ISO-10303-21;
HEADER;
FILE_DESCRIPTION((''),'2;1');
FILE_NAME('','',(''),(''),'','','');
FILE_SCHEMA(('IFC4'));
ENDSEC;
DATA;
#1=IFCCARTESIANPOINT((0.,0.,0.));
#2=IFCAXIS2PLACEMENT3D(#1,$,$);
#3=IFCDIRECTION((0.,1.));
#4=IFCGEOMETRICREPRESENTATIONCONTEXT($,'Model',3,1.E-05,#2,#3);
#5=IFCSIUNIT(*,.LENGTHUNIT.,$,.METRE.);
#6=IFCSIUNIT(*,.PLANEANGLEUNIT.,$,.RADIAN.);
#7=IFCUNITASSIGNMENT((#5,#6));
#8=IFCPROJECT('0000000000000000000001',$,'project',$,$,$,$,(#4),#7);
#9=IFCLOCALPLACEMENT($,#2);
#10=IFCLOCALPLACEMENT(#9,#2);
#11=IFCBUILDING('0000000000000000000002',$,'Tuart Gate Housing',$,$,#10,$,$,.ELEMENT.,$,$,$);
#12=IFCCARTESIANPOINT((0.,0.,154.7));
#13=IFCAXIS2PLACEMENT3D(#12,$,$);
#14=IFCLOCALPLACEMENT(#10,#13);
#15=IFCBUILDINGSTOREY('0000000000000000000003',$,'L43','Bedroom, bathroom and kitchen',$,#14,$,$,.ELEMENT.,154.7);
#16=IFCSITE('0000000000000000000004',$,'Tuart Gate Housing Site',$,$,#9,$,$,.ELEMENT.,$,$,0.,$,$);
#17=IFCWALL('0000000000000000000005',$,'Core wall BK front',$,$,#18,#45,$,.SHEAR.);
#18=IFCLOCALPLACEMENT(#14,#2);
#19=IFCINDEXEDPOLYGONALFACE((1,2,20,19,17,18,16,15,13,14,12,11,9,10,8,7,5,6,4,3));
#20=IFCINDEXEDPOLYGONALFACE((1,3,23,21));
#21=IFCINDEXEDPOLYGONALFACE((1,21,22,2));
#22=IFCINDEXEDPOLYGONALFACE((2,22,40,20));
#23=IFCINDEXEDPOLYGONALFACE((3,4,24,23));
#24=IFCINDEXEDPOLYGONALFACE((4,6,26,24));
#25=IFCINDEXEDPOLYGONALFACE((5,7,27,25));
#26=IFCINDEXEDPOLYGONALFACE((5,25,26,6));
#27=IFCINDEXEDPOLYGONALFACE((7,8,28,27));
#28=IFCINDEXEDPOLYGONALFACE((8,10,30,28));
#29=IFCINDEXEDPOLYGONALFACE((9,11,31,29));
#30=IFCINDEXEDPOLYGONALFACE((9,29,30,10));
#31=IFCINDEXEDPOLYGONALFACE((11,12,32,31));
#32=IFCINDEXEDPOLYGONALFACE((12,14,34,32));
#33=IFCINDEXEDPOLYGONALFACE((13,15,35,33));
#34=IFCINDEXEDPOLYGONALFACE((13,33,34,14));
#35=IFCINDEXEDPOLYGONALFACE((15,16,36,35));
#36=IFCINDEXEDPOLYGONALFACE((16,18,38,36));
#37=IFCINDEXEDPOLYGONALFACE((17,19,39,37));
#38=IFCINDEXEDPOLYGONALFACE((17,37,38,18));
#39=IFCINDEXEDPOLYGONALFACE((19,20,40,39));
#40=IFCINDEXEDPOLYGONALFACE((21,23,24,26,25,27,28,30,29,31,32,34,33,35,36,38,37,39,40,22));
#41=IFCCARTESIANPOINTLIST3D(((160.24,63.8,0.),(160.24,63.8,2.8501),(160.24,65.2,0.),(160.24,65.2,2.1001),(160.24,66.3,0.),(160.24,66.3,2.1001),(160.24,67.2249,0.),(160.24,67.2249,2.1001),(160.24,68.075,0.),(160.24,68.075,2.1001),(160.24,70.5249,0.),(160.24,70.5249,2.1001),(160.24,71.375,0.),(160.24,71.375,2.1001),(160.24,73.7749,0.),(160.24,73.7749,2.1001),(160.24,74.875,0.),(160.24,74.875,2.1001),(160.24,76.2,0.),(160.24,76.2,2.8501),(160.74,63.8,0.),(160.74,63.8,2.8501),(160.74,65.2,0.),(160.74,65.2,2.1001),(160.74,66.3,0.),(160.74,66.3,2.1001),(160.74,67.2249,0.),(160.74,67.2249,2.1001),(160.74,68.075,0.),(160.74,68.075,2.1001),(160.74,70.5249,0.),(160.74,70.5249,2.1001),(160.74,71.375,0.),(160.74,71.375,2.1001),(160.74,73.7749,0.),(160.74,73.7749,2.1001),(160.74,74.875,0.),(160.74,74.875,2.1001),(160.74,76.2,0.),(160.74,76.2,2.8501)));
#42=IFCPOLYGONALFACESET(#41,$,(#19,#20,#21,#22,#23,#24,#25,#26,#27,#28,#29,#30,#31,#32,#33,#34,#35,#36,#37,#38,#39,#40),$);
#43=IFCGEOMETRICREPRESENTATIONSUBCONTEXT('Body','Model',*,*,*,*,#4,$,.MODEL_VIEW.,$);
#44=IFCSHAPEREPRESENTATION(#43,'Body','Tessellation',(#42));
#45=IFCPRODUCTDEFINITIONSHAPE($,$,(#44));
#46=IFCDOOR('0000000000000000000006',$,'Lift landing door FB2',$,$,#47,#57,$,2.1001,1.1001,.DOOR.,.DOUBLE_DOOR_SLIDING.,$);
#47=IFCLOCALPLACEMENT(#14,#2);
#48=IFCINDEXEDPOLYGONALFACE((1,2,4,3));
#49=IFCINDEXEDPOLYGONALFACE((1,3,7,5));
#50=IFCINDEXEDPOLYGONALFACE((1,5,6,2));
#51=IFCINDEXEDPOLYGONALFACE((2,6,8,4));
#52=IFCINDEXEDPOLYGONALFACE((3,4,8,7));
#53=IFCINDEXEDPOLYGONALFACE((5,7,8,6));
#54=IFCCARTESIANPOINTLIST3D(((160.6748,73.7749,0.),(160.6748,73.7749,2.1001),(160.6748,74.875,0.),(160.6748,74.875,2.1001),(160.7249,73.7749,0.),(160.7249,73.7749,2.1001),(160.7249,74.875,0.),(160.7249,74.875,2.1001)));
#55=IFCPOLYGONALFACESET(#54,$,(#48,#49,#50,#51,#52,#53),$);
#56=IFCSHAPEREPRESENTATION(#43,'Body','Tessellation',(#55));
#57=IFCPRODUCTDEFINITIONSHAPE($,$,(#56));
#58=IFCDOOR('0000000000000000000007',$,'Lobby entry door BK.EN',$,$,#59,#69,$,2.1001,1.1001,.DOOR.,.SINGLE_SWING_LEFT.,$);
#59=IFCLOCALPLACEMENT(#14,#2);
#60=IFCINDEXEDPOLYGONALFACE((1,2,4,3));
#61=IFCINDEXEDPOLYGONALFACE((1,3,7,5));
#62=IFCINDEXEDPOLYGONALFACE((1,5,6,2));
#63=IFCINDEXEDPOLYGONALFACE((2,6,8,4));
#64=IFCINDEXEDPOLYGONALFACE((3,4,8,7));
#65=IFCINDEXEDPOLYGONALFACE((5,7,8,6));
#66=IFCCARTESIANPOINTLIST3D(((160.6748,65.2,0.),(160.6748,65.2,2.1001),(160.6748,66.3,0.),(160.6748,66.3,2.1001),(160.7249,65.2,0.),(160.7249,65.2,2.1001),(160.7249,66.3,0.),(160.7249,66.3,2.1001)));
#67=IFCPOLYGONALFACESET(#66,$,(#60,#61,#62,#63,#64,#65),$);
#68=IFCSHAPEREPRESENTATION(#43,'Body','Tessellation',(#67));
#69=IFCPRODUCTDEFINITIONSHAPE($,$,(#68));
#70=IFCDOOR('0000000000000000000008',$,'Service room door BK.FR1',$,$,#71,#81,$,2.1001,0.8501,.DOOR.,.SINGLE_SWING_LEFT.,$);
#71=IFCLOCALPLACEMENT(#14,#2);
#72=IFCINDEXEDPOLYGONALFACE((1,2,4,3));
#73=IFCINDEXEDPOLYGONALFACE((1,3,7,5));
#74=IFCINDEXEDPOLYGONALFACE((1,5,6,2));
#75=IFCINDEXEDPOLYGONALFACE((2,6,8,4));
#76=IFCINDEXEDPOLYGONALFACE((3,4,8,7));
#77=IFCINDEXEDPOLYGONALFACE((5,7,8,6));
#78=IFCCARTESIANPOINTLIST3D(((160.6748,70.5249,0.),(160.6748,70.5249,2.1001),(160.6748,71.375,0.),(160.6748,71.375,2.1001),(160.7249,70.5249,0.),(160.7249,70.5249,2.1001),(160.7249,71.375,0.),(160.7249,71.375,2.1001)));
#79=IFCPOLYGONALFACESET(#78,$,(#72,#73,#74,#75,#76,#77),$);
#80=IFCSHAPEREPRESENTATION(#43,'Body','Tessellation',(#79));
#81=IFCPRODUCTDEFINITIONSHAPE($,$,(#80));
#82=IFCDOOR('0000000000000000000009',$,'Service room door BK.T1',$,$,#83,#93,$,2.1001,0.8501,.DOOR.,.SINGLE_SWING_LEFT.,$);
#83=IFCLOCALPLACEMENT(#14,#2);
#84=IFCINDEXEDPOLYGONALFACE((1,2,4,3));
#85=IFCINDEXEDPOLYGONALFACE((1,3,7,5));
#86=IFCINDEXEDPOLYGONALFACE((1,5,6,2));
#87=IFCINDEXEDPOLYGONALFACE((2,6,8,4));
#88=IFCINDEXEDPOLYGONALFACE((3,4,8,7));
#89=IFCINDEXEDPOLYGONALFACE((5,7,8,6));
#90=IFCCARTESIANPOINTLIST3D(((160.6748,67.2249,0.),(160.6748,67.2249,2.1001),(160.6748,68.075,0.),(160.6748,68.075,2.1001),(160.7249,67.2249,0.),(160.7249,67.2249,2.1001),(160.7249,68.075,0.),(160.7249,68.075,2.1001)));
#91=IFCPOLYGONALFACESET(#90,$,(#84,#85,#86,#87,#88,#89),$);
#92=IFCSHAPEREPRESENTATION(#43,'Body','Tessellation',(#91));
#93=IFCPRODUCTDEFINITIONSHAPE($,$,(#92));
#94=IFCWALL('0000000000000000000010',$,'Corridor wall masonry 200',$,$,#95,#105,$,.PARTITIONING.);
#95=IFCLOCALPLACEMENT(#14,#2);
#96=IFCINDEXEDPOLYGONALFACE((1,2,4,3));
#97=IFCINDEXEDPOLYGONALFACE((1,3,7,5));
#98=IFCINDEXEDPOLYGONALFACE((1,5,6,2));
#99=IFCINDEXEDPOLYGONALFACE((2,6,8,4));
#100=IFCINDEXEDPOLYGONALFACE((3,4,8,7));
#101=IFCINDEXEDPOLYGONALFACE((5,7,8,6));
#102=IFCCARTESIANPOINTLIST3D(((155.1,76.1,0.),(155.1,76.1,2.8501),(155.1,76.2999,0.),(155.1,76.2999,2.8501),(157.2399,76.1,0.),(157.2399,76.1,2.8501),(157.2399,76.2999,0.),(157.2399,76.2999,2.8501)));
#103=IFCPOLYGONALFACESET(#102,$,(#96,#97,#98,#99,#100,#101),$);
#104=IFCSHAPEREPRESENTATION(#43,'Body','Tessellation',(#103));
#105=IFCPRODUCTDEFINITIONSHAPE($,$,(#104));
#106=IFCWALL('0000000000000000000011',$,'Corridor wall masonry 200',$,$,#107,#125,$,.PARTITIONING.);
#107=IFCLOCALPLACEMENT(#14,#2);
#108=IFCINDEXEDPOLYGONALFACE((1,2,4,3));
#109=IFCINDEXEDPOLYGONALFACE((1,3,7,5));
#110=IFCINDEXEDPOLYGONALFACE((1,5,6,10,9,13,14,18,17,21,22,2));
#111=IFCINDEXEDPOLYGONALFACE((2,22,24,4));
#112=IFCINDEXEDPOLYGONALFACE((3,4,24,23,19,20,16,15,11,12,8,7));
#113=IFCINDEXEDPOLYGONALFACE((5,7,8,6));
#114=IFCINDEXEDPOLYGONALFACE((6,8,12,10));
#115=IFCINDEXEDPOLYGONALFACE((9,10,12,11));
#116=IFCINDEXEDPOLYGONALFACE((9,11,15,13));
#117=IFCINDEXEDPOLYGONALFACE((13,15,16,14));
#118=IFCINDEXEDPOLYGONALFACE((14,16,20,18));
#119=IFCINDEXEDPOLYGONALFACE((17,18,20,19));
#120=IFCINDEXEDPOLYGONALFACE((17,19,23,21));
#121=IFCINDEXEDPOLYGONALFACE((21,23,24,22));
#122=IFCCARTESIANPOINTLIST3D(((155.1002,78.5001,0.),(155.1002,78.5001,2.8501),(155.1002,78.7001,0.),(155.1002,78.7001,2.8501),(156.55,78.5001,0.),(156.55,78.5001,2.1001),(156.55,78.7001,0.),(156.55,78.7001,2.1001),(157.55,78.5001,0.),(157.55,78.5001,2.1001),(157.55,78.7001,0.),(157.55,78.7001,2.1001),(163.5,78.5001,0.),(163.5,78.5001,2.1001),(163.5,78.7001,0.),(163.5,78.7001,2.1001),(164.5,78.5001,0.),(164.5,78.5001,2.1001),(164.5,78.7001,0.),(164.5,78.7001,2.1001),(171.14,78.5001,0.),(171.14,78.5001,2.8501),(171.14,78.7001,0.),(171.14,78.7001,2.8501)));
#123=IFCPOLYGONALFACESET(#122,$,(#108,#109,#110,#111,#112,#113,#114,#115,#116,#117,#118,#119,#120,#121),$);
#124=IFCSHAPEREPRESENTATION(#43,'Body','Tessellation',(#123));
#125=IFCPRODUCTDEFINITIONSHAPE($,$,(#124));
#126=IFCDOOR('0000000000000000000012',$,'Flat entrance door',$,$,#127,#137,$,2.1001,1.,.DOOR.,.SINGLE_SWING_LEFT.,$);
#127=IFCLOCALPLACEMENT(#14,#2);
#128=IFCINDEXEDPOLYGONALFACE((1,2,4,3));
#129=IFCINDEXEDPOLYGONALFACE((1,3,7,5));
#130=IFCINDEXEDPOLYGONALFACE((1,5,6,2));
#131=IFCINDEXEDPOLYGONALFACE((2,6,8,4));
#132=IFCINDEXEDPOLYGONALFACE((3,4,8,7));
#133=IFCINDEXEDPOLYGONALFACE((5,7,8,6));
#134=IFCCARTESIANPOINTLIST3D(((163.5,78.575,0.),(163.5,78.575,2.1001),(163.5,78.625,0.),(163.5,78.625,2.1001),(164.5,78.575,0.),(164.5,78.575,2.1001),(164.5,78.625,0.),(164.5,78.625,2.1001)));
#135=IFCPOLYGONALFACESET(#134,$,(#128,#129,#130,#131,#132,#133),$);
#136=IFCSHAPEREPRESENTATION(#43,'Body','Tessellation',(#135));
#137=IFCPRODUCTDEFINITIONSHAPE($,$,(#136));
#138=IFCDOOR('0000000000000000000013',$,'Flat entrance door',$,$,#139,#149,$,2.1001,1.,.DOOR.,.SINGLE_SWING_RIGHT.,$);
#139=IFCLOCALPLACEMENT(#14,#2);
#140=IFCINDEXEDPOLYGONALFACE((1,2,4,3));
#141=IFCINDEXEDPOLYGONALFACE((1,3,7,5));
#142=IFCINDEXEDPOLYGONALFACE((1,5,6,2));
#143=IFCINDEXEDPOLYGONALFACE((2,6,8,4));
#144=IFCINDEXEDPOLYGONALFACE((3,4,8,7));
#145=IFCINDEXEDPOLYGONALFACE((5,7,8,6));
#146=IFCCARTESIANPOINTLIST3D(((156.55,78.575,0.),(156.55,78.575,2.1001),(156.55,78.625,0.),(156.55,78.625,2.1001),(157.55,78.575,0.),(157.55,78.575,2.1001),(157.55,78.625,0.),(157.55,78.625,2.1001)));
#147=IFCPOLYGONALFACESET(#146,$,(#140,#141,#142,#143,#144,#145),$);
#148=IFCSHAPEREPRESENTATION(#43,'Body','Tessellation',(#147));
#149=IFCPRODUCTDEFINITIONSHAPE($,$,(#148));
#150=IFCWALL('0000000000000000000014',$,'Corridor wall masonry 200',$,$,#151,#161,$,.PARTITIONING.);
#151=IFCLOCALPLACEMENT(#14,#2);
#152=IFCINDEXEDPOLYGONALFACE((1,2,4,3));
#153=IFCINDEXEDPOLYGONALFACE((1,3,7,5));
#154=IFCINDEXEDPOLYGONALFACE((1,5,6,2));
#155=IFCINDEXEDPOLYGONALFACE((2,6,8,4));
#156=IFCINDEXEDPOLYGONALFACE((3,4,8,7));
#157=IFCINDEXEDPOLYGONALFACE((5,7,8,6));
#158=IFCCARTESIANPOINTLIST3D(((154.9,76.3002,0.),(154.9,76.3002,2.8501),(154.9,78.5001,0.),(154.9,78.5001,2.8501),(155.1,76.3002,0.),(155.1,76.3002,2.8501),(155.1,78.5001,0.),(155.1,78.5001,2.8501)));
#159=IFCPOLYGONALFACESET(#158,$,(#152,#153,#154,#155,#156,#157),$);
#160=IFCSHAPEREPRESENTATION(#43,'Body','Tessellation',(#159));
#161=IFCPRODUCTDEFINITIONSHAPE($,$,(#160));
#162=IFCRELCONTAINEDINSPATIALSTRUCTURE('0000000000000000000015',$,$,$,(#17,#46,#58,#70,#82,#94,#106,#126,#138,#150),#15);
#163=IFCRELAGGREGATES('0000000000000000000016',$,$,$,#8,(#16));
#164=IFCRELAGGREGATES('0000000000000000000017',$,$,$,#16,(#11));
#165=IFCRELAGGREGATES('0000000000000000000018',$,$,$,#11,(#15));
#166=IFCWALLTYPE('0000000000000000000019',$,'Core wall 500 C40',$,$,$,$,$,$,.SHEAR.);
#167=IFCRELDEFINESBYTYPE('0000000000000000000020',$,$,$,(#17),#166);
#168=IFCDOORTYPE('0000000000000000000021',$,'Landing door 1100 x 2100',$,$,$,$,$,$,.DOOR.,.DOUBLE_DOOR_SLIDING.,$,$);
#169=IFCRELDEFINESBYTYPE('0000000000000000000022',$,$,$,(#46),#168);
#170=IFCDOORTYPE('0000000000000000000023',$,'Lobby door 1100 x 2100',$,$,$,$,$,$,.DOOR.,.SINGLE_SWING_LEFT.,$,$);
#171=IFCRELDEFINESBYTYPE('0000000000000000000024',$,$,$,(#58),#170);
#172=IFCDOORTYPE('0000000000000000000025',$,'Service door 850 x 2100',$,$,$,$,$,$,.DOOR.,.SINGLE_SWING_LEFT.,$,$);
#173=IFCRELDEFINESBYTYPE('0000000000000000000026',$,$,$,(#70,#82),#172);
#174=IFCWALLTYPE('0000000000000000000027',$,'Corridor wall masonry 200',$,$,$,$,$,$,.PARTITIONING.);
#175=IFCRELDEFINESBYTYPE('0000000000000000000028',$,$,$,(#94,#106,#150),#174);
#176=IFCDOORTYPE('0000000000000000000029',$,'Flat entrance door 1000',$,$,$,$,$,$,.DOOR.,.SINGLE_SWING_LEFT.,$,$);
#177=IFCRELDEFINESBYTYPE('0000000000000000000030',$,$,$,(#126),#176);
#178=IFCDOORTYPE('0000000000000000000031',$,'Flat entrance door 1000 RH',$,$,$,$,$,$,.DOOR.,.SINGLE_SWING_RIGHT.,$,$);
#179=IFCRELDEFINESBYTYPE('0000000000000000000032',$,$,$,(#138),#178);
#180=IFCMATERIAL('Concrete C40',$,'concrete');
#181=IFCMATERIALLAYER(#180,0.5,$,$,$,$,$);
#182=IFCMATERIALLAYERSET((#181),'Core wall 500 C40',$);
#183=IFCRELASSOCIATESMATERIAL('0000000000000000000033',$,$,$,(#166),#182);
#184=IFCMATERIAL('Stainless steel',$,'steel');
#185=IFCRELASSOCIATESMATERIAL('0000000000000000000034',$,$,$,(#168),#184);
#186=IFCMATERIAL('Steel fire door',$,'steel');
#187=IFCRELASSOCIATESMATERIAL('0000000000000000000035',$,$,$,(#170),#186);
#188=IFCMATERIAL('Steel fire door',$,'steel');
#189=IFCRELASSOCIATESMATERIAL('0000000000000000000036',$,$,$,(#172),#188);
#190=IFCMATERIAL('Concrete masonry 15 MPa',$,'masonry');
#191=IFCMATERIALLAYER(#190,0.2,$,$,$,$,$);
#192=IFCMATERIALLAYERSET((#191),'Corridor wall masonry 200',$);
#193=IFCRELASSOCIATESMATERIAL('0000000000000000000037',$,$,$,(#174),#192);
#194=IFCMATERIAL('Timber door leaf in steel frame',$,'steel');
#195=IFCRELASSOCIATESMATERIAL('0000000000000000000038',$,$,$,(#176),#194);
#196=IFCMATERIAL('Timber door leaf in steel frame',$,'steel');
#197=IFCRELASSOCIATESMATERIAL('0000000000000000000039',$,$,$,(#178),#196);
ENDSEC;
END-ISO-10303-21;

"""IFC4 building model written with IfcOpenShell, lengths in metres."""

from ifc_helpers import new_model, si_unit, direction, frame, frame_2d, origin, place, context, subcontext, project, spatial, rectangle, extrude, material, layer, layer_set, type_object, element, fill, save


model = new_model("IFC4")

# Units and contexts
model_context = context("Model", 3, precision=1e-05, world=origin(), true_north=direction((0.0, 1.0)))
body_context = subcontext(model_context, "Body", "Model", "MODEL_VIEW")
ifc_project = project(units=[si_unit("LENGTHUNIT", "METRE"), si_unit("PLANEANGLEUNIT", "RADIAN")], contexts=[model_context])

# Site, building, storey
site_placement = place(None, origin())
site = spatial("IfcSite", under=ifc_project, at=site_placement, Name="Tuart Gate Housing Site", CompositionType="ELEMENT", RefElevation=0.0)
building_placement = place(site_placement, origin())
building = spatial("IfcBuilding", under=site, at=building_placement, Name="Tuart Gate Housing", CompositionType="ELEMENT")
storey_placement = place(building_placement, frame((0.0, 0.0, 154.7)))
storey = spatial("IfcBuildingStorey", under=building, at=storey_placement, Name="L43", Description="Bedroom, bathroom and kitchen", CompositionType="ELEMENT", Elevation=154.7)

# Wall, openings, doors
ifc_material_1 = material(Name="Concrete C40", Category="concrete")
ifc_layer_1 = layer(ifc_material_1, 0.5)
ifc_layer_set_1 = layer_set([ifc_layer_1], Name="Core wall 500 C40")
wall_type_1 = type_object("IfcWallType", Name="Core wall 500 C40", PredefinedType="SHEAR", material=ifc_layer_set_1)
wall_1_placement = place(storey_placement, frame((160.49, 76.2, 0.0), z_axis=(0.0, 0.0, 1.0), x_axis=(0.0, -1.0, 0.0)))
wall_1 = element("IfcWall", 1, at=wall_1_placement, inside=storey, type_object=wall_type_1, Name="Core wall BK front", PredefinedType="SHEAR", context=body_context, shape_type="SweptSolid", body=[
    extrude(rectangle(XDim=12.3999, YDim=0.5, at=frame_2d((6.2, 0.0))), origin(), (0.0, 0.0, 1.0), 2.8501),
])
opening_1_placement = place(wall_1_placement, frame((1.325, 0.0, 0.0)))
opening_1 = element("IfcOpeningElement", 2, at=opening_1_placement, cuts=wall_1, PredefinedType="OPENING", context=body_context, shape_type="SweptSolid", body=[
    extrude(rectangle(XDim=1.1001, YDim=2.1001, at=frame_2d((0.55, 1.05))), frame((0.0, 0.26, 0.0), z_axis=(0.0, -1.0, 0.0), x_axis=(1.0, 0.0, 0.0)), (0.0, 0.0, 1.0), 0.52),
])
opening_2_placement = place(wall_1_placement, frame((4.825, 0.0, 0.0)))
opening_2 = element("IfcOpeningElement", 3, at=opening_2_placement, cuts=wall_1, PredefinedType="OPENING", context=body_context, shape_type="SweptSolid", body=[
    extrude(rectangle(XDim=0.8501, YDim=2.1001, at=frame_2d((0.425, 1.05))), frame((0.0, 0.26, 0.0), z_axis=(0.0, -1.0, 0.0), x_axis=(1.0, 0.0, 0.0)), (0.0, 0.0, 1.0), 0.52),
])
opening_3_placement = place(wall_1_placement, frame((9.8999, 0.0, 0.0)))
opening_3 = element("IfcOpeningElement", 4, at=opening_3_placement, cuts=wall_1, PredefinedType="OPENING", context=body_context, shape_type="SweptSolid", body=[
    extrude(rectangle(XDim=1.1001, YDim=2.1001, at=frame_2d((0.55, 1.05))), frame((0.0, 0.26, 0.0), z_axis=(0.0, -1.0, 0.0), x_axis=(1.0, 0.0, 0.0)), (0.0, 0.0, 1.0), 0.52),
])
opening_4_placement = place(wall_1_placement, frame((8.125, 0.0, 0.0)))
opening_4 = element("IfcOpeningElement", 5, at=opening_4_placement, cuts=wall_1, PredefinedType="OPENING", context=body_context, shape_type="SweptSolid", body=[
    extrude(rectangle(XDim=0.8501, YDim=2.1001, at=frame_2d((0.425, 1.05))), frame((0.0, 0.26, 0.0), z_axis=(0.0, -1.0, 0.0), x_axis=(1.0, 0.0, 0.0)), (0.0, 0.0, 1.0), 0.52),
])
ifc_material_2 = material(Name="Stainless steel", Category="steel")
door_type_1 = type_object("IfcDoorType", Name="Landing door 1100 x 2100", OperationType="DOUBLE_DOOR_SLIDING", PredefinedType="DOOR", material=ifc_material_2)
door_1_placement = place(opening_1_placement, origin())
door_1 = element("IfcDoor", 6, at=door_1_placement, inside=storey, type_object=door_type_1, Name="Lift landing door FB2", OperationType="DOUBLE_DOOR_SLIDING", OverallHeight=2.1001, OverallWidth=1.1001, PredefinedType="DOOR", context=body_context, shape_type="SweptSolid", body=[
    extrude(rectangle(XDim=1.1001, YDim=2.1001, at=frame_2d((0.55, 1.05))), frame((0.0, 0.2349, 0.0), z_axis=(0.0, -1.0, 0.0), x_axis=(1.0, 0.0, 0.0)), (0.0, 0.0, 1.0), 0.05),
])
fill(opening_1, door_1)
ifc_material_3 = material(Name="Steel fire door", Category="steel")
door_type_2 = type_object("IfcDoorType", Name="Lobby door 1100 x 2100", OperationType="SINGLE_SWING_LEFT", PredefinedType="DOOR", material=ifc_material_3)
door_2_placement = place(opening_3_placement, origin())
door_2 = element("IfcDoor", 7, at=door_2_placement, inside=storey, type_object=door_type_2, Name="Lobby entry door BK.EN", OperationType="SINGLE_SWING_LEFT", OverallHeight=2.1001, OverallWidth=1.1001, PredefinedType="DOOR", context=body_context, shape_type="SweptSolid", body=[
    extrude(rectangle(XDim=1.1001, YDim=2.1001, at=frame_2d((0.55, 1.05))), frame((0.0, 0.2349, 0.0), z_axis=(0.0, -1.0, 0.0), x_axis=(1.0, 0.0, 0.0)), (0.0, 0.0, 1.0), 0.05),
])
fill(opening_3, door_2)
ifc_material_4 = material(Name="Steel fire door", Category="steel")
door_type_3 = type_object("IfcDoorType", Name="Service door 850 x 2100", OperationType="SINGLE_SWING_LEFT", PredefinedType="DOOR", material=ifc_material_4)
door_3_placement = place(opening_2_placement, origin())
door_3 = element("IfcDoor", 8, at=door_3_placement, inside=storey, type_object=door_type_3, Name="Service room door BK.FR1", OperationType="SINGLE_SWING_LEFT", OverallHeight=2.1001, OverallWidth=0.8501, PredefinedType="DOOR", context=body_context, shape_type="SweptSolid", body=[
    extrude(rectangle(XDim=0.8501, YDim=2.1001, at=frame_2d((0.425, 1.05))), frame((0.0, 0.2349, 0.0), z_axis=(0.0, -1.0, 0.0), x_axis=(1.0, 0.0, 0.0)), (0.0, 0.0, 1.0), 0.05),
])
fill(opening_2, door_3)
door_4_placement = place(opening_4_placement, origin())
door_4 = element("IfcDoor", 9, at=door_4_placement, inside=storey, type_object=door_type_3, Name="Service room door BK.T1", OperationType="SINGLE_SWING_LEFT", OverallHeight=2.1001, OverallWidth=0.8501, PredefinedType="DOOR", context=body_context, shape_type="SweptSolid", body=[
    extrude(rectangle(XDim=0.8501, YDim=2.1001, at=frame_2d((0.425, 1.05))), frame((0.0, 0.2349, 0.0), z_axis=(0.0, -1.0, 0.0), x_axis=(1.0, 0.0, 0.0)), (0.0, 0.0, 1.0), 0.05),
])
fill(opening_4, door_4)

# Wall
ifc_material_5 = material(Name="Concrete masonry 15 MPa", Category="masonry")
ifc_layer_2 = layer(ifc_material_5, 0.2)
ifc_layer_set_2 = layer_set([ifc_layer_2], Name="Corridor wall masonry 200")
wall_type_2 = type_object("IfcWallType", Name="Corridor wall masonry 200", PredefinedType="PARTITIONING", material=ifc_layer_set_2)
wall_2_placement = place(storey_placement, frame((155.1001, 76.2, 0.0), z_axis=(0.0, 0.0, 1.0), x_axis=(1.0, 0.0, 0.0)))
element("IfcWall", 10, at=wall_2_placement, inside=storey, type_object=wall_type_2, Name="Corridor wall masonry 200", PredefinedType="PARTITIONING", context=body_context, shape_type="SweptSolid", body=[
    extrude(rectangle(XDim=2.1399, YDim=0.2, at=frame_2d((1.0698, 0.0))), origin(), (0.0, 0.0, 1.0), 2.8501),
])

# Wall, openings, doors
wall_3_placement = place(storey_placement, frame((155.1001, 78.6001, 0.0), z_axis=(0.0, 0.0, 1.0), x_axis=(1.0, 0.0, 0.0)))
wall_3 = element("IfcWall", 11, at=wall_3_placement, inside=storey, type_object=wall_type_2, Name="Corridor wall masonry 200", PredefinedType="PARTITIONING", context=body_context, shape_type="SweptSolid", body=[
    extrude(rectangle(XDim=16.0398, YDim=0.2, at=frame_2d((8.02, 0.0))), origin(), (0.0, 0.0, 1.0), 2.8501),
])
opening_5_placement = place(wall_3_placement, frame((1.45, 0.0, 0.0)))
opening_5 = element("IfcOpeningElement", 12, at=opening_5_placement, cuts=wall_3, PredefinedType="OPENING", context=body_context, shape_type="SweptSolid", body=[
    extrude(rectangle(XDim=1.0, YDim=2.1001, at=frame_2d((0.5, 1.05))), frame((0.0, 0.1099, 0.0), z_axis=(0.0, -1.0, 0.0), x_axis=(1.0, 0.0, 0.0)), (0.0, 0.0, 1.0), 0.22),
])
opening_6_placement = place(wall_3_placement, frame((8.3999, 0.0, 0.0)))
opening_6 = element("IfcOpeningElement", 13, at=opening_6_placement, cuts=wall_3, PredefinedType="OPENING", context=body_context, shape_type="SweptSolid", body=[
    extrude(rectangle(XDim=1.0, YDim=2.1001, at=frame_2d((0.5, 1.05))), frame((0.0, 0.1099, 0.0), z_axis=(0.0, -1.0, 0.0), x_axis=(1.0, 0.0, 0.0)), (0.0, 0.0, 1.0), 0.22),
])
ifc_material_6 = material(Name="Timber door leaf in steel frame", Category="steel")
door_type_4 = type_object("IfcDoorType", Name="Flat entrance door 1000", OperationType="SINGLE_SWING_LEFT", PredefinedType="DOOR", material=ifc_material_6)
door_5_placement = place(opening_6_placement, origin())
door_5 = element("IfcDoor", 14, at=door_5_placement, inside=storey, type_object=door_type_4, Name="Flat entrance door", OperationType="SINGLE_SWING_LEFT", OverallHeight=2.1001, OverallWidth=1.0, PredefinedType="DOOR", context=body_context, shape_type="SweptSolid", body=[
    extrude(rectangle(XDim=1.0, YDim=2.1001, at=frame_2d((0.5, 1.05))), frame((0.0, 0.0249, 0.0), z_axis=(0.0, -1.0, 0.0), x_axis=(1.0, 0.0, 0.0)), (0.0, 0.0, 1.0), 0.05),
])
fill(opening_6, door_5)
ifc_material_7 = material(Name="Timber door leaf in steel frame", Category="steel")
door_type_5 = type_object("IfcDoorType", Name="Flat entrance door 1000 RH", OperationType="SINGLE_SWING_RIGHT", PredefinedType="DOOR", material=ifc_material_7)
door_6_placement = place(opening_5_placement, origin())
door_6 = element("IfcDoor", 15, at=door_6_placement, inside=storey, type_object=door_type_5, Name="Flat entrance door", OperationType="SINGLE_SWING_RIGHT", OverallHeight=2.1001, OverallWidth=1.0, PredefinedType="DOOR", context=body_context, shape_type="SweptSolid", body=[
    extrude(rectangle(XDim=1.0, YDim=2.1001, at=frame_2d((0.5, 1.05))), frame((0.0, 0.0249, 0.0), z_axis=(0.0, -1.0, 0.0), x_axis=(1.0, 0.0, 0.0)), (0.0, 0.0, 1.0), 0.05),
])
fill(opening_5, door_6)

# Wall
wall_4_placement = place(storey_placement, frame((155.0, 76.3, 0.0), z_axis=(0.0, 0.0, 1.0), x_axis=(0.0, 1.0, 0.0)))
element("IfcWall", 16, at=wall_4_placement, inside=storey, type_object=wall_type_2, Name="Corridor wall masonry 200", PredefinedType="PARTITIONING", context=body_context, shape_type="SweptSolid", body=[
    extrude(rectangle(XDim=2.2, YDim=0.2, at=frame_2d((1.1001, 0.0))), origin(), (0.0, 0.0, 1.0), 2.8501),
])

save(model, "model.ifc")
